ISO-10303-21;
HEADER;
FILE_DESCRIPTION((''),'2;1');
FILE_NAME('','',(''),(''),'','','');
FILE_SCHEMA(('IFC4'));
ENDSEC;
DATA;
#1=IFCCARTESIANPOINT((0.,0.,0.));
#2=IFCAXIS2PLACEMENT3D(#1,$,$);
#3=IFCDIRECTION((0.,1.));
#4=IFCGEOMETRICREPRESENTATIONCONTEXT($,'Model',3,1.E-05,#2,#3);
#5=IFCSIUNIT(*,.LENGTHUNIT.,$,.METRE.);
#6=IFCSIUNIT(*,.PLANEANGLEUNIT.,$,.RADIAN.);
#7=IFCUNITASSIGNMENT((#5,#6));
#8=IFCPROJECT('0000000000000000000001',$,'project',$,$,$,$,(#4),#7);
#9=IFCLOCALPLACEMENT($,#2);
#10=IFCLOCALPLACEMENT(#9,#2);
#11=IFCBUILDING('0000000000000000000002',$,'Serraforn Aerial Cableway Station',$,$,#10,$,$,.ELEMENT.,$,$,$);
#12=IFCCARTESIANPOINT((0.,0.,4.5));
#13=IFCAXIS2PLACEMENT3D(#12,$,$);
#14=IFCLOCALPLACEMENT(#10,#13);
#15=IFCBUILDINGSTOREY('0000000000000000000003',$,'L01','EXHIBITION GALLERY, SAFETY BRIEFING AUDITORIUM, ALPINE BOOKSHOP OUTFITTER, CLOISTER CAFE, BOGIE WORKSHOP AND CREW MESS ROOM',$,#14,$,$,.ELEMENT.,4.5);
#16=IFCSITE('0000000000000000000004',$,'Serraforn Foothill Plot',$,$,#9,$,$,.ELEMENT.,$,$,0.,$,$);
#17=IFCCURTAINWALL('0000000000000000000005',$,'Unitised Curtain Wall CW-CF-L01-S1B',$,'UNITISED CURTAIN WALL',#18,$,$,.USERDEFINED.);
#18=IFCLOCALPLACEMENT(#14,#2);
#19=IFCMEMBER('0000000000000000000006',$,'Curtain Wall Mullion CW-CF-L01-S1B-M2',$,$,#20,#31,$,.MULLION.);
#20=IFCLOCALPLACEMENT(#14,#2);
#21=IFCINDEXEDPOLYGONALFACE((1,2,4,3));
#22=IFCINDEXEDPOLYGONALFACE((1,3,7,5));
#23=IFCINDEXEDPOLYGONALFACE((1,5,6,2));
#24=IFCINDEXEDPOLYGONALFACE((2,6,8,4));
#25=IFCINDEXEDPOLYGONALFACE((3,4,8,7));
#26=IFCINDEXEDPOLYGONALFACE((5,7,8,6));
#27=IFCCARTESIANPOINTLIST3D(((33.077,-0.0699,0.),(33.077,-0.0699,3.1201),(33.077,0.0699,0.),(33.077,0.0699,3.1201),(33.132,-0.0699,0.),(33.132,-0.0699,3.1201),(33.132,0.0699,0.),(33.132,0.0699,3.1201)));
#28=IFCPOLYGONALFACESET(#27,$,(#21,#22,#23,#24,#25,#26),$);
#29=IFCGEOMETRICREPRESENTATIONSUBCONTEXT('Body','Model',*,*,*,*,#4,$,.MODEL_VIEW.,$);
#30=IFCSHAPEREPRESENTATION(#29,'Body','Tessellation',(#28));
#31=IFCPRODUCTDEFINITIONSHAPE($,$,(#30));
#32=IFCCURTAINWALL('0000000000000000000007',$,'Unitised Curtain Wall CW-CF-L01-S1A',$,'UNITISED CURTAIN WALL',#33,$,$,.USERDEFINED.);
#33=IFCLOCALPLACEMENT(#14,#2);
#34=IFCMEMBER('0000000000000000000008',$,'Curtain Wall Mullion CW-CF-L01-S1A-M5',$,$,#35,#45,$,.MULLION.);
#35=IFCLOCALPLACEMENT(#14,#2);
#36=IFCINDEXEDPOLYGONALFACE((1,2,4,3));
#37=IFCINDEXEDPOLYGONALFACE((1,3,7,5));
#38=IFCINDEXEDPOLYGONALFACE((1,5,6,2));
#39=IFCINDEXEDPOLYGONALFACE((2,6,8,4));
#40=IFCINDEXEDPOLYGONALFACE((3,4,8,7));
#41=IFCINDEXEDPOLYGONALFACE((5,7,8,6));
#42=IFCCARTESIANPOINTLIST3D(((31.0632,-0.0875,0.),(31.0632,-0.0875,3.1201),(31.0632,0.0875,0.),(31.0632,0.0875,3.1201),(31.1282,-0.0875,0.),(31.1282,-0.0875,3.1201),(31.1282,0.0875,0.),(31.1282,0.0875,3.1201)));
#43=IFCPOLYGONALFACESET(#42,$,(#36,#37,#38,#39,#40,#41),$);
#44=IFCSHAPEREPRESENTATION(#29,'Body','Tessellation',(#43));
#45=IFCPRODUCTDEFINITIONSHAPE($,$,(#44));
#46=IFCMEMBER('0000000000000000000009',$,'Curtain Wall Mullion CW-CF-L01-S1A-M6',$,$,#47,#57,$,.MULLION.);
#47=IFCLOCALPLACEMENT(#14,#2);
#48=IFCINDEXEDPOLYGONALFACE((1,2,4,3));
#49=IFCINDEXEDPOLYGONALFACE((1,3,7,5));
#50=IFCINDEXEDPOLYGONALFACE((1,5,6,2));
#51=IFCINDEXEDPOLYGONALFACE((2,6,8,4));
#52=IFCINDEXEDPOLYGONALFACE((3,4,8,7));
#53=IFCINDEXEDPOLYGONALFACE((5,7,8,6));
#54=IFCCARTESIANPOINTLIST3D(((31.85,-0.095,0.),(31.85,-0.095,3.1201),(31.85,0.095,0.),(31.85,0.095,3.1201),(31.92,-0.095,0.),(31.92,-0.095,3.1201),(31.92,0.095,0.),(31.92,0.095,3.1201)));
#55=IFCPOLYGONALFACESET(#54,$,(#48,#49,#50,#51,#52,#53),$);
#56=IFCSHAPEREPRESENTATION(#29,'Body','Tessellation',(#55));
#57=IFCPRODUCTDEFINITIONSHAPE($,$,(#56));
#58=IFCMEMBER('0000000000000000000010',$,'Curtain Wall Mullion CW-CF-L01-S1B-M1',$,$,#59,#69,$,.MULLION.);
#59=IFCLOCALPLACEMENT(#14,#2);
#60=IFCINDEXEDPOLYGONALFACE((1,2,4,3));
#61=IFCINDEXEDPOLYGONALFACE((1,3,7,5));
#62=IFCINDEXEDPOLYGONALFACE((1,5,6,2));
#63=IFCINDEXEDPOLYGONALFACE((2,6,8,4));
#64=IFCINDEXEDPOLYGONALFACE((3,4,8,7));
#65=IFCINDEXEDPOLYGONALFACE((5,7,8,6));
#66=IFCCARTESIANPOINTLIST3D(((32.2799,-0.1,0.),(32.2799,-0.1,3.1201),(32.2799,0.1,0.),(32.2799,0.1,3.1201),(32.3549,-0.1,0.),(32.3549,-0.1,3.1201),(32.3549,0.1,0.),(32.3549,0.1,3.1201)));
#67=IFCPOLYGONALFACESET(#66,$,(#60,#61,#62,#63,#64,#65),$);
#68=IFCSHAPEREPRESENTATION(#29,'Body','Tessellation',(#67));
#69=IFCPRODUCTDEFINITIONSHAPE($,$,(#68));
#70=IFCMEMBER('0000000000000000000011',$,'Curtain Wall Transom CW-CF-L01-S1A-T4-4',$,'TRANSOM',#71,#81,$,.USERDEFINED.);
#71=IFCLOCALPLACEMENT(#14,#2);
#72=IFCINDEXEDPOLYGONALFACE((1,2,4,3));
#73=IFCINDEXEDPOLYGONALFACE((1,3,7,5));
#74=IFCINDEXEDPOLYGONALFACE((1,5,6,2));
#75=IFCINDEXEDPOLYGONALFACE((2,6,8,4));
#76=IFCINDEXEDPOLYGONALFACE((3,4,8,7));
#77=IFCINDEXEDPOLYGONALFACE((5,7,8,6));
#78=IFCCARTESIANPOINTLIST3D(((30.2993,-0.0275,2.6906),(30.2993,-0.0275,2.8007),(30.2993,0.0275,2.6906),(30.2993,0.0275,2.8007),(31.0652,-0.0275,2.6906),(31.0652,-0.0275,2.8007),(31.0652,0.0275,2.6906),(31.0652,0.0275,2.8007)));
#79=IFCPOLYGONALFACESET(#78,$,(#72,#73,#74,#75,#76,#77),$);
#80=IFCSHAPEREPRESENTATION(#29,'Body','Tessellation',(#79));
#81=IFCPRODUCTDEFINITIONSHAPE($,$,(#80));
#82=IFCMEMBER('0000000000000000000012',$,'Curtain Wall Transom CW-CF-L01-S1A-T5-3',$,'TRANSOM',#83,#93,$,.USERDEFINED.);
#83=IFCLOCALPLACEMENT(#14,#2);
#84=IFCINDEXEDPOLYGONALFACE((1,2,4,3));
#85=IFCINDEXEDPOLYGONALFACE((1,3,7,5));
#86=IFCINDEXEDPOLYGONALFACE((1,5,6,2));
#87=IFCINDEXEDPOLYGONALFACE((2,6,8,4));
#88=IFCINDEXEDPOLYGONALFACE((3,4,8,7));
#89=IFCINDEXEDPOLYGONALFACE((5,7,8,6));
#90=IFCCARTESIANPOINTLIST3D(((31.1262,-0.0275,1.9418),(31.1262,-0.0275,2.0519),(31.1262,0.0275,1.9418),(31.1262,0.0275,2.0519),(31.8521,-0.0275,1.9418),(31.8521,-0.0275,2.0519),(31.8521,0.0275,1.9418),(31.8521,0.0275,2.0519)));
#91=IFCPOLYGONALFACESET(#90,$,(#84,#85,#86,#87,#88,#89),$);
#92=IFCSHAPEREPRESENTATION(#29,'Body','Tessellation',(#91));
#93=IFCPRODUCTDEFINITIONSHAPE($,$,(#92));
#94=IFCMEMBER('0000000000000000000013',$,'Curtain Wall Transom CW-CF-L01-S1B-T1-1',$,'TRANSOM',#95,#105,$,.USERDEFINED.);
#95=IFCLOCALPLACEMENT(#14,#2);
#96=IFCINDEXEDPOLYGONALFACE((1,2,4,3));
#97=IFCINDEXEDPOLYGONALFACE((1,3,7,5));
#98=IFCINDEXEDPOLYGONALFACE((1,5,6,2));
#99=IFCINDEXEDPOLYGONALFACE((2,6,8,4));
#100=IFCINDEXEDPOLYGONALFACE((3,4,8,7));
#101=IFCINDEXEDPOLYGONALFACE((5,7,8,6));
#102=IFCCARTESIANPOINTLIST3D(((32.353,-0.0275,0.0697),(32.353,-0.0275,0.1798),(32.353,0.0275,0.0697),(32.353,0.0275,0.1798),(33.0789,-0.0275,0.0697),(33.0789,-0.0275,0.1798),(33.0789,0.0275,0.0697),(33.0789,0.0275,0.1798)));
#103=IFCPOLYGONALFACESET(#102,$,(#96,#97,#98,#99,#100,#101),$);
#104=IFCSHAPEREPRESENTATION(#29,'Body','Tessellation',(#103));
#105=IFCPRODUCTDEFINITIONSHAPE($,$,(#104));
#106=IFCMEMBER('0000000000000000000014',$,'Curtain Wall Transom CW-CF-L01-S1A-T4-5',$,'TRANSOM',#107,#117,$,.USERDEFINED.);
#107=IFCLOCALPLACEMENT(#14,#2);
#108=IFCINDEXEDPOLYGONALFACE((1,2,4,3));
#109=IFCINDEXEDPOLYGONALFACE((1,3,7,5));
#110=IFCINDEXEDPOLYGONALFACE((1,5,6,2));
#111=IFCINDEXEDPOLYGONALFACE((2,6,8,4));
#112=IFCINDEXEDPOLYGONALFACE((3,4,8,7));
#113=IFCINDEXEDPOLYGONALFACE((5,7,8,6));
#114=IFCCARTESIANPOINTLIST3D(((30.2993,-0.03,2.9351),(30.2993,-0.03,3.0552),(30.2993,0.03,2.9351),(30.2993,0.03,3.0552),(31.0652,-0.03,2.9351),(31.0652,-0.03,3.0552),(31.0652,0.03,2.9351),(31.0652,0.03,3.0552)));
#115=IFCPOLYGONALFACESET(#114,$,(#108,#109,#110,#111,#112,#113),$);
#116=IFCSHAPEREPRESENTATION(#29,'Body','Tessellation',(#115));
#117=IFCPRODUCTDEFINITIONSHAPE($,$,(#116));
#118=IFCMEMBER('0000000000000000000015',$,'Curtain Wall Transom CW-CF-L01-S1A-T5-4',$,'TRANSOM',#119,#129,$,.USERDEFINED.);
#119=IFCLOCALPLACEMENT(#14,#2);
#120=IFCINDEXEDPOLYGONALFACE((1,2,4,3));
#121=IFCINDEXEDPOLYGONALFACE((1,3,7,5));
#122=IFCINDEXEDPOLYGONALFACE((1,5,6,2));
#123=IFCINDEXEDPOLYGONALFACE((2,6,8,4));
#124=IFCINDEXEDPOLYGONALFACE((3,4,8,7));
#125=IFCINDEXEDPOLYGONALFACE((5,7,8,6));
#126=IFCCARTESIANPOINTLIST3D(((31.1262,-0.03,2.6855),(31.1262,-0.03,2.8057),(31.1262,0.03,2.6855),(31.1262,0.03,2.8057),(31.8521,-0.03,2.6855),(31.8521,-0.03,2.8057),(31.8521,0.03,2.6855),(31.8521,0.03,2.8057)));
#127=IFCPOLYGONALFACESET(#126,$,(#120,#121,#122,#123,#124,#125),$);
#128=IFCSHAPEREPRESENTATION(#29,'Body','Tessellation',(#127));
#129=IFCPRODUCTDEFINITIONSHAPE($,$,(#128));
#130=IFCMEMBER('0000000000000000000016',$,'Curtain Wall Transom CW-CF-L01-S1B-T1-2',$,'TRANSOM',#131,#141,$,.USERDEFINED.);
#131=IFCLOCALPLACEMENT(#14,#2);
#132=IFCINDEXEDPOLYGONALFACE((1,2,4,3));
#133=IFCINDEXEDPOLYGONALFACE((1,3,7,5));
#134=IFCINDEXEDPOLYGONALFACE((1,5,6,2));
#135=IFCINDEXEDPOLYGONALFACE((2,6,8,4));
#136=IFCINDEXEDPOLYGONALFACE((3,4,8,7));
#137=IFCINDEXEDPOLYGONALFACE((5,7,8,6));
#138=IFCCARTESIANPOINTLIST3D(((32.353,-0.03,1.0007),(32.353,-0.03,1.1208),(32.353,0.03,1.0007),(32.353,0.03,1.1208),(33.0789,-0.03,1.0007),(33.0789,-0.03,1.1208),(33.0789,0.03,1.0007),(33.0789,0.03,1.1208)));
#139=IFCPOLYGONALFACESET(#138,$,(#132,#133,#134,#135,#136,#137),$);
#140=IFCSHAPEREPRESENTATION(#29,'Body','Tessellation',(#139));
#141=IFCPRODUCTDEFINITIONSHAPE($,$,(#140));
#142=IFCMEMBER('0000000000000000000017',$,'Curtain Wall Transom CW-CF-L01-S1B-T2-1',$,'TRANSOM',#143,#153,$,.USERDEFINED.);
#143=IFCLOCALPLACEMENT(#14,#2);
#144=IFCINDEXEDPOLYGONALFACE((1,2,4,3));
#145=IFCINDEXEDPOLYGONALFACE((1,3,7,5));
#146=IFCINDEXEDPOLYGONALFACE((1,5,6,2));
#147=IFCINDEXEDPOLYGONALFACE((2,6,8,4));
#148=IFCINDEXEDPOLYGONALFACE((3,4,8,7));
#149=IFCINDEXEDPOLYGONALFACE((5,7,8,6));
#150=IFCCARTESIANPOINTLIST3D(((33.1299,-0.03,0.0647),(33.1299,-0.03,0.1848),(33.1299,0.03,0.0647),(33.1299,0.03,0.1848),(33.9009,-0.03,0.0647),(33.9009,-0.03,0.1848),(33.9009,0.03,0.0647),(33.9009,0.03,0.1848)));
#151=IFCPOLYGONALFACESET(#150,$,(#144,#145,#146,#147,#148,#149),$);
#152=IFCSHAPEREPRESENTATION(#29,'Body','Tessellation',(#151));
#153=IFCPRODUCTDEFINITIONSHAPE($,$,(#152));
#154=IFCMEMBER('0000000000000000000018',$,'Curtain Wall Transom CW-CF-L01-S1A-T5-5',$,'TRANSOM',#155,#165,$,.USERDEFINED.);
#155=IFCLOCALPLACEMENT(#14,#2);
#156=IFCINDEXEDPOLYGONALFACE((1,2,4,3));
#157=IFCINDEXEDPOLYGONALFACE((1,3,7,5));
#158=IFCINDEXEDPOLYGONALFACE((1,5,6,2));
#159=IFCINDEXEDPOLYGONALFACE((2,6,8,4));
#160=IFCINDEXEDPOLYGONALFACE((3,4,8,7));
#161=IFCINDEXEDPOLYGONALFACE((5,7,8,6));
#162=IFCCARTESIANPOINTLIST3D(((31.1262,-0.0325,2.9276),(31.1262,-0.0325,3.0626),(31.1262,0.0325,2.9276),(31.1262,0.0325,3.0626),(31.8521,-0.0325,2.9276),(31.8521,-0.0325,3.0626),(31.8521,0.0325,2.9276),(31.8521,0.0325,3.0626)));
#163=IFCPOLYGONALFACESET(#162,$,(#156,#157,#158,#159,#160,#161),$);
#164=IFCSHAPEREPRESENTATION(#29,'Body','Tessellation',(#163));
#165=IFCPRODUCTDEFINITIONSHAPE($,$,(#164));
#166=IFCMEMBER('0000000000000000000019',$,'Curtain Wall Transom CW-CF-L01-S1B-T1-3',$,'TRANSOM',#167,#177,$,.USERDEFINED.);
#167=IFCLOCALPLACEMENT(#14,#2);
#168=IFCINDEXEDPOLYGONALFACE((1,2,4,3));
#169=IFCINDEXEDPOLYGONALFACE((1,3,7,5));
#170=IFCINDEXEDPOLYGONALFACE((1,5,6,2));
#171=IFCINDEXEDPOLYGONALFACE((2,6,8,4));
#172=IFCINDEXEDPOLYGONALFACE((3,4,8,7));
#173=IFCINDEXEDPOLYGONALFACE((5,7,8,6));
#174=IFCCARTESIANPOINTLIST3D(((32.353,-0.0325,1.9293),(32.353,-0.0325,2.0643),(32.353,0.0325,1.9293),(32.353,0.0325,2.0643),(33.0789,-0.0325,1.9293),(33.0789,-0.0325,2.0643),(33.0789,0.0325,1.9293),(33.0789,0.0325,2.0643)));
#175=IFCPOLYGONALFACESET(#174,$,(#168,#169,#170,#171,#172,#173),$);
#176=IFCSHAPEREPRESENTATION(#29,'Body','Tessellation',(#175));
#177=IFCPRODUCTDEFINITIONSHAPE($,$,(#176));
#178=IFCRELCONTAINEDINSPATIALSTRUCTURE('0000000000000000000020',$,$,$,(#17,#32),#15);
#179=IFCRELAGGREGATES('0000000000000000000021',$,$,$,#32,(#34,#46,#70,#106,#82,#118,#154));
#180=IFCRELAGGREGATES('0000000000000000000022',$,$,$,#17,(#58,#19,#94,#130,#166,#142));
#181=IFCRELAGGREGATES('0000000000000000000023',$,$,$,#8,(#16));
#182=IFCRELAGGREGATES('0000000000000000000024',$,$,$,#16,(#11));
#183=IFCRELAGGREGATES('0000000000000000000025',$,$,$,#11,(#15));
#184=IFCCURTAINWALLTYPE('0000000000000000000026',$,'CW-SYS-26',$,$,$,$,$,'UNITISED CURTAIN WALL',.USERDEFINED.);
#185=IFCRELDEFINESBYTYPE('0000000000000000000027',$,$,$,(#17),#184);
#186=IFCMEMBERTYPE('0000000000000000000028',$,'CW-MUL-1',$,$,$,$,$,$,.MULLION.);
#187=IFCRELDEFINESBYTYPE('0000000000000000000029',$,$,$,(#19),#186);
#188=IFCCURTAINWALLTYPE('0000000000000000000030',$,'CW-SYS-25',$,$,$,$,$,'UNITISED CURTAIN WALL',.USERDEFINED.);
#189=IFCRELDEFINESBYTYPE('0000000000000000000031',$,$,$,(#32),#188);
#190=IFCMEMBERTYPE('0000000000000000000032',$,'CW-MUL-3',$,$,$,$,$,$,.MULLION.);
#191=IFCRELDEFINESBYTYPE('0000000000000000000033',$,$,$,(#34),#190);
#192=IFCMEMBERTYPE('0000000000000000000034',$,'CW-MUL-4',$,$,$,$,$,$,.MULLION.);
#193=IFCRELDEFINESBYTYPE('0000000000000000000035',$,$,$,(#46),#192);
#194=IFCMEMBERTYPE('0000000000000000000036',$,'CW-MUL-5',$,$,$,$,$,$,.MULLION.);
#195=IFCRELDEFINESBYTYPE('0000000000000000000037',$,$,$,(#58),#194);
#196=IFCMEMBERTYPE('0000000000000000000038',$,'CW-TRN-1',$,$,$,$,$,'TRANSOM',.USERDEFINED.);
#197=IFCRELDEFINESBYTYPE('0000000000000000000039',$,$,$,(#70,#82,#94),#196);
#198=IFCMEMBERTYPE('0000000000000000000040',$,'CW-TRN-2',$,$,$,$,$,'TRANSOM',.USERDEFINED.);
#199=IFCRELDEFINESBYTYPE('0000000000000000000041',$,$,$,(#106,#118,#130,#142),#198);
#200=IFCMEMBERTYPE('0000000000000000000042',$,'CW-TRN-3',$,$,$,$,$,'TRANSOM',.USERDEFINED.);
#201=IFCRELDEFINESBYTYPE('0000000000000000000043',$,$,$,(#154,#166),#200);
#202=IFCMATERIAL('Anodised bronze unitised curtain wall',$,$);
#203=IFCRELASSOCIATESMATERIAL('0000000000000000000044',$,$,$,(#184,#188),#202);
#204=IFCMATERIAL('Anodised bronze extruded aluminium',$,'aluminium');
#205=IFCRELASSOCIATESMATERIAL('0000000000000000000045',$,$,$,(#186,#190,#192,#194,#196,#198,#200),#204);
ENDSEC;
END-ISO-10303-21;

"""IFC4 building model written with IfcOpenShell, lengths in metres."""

from ifc_helpers import new_model, si_unit, direction, frame, origin, origin_2d, place, context, subcontext, project, spatial, rectangle, extrude, material, material_profile, profile_set, type_object, element, aggregate, save


model = new_model("IFC4")

# Units and contexts
model_context = context("Model", 3, precision=1e-05, world=origin(), true_north=direction((0.0, 1.0)))
body_context = subcontext(model_context, "Body", "Model", "MODEL_VIEW")
ifc_project = project(units=[si_unit("LENGTHUNIT", "METRE"), si_unit("PLANEANGLEUNIT", "RADIAN")], contexts=[model_context])

# Site, building, storey
site_placement = place(None, origin())
site = spatial("IfcSite", under=ifc_project, at=site_placement, Name="Serraforn Foothill Plot", CompositionType="ELEMENT", RefElevation=0.0)
building_placement = place(site_placement, origin())
building = spatial("IfcBuilding", under=site, at=building_placement, Name="Serraforn Aerial Cableway Station", CompositionType="ELEMENT")
storey_placement = place(building_placement, frame((0.0, 0.0, 4.5)))
storey = spatial("IfcBuildingStorey", under=building, at=storey_placement, Name="L01", Description="EXHIBITION GALLERY, SAFETY BRIEFING AUDITORIUM, ALPINE BOOKSHOP OUTFITTER, CLOISTER CAFE, BOGIE WORKSHOP AND CREW MESS ROOM", CompositionType="ELEMENT", Elevation=4.5)

# Curtain wall, member
ifc_material_1 = material(Name="Anodised bronze unitised curtain wall")
curtain_wall_type_1 = type_object("IfcCurtainWallType", Name="CW-SYS-26", ElementType="UNITISED CURTAIN WALL", PredefinedType="USERDEFINED", material=ifc_material_1)
curtain_wall_1_placement = place(storey_placement, origin())
curtain_wall_1 = element("IfcCurtainWall", 1, at=curtain_wall_1_placement, inside=storey, type_object=curtain_wall_type_1, Name="Unitised Curtain Wall CW-CF-L01-S1B", ObjectType="UNITISED CURTAIN WALL", PredefinedType="USERDEFINED")
ifc_material_2 = material(Name="Anodised bronze extruded aluminium", Category="aluminium")
ifc_material_profile_1 = material_profile(ifc_material_2, rectangle(XDim=0.0549, YDim=0.1399, at=origin_2d()), Name="CW MULLION 55x140")
ifc_profile_set_1 = profile_set([ifc_material_profile_1], Name="Anodised bronze extruded aluminium")
member_type_1 = type_object("IfcMemberType", Name="CW-MUL-1", PredefinedType="MULLION", material=ifc_profile_set_1)
member_1_placement = place(storey_placement, frame((33.1045, 0.0, 0.0), z_axis=(0.0, 0.0, 1.0), x_axis=(1.0, 0.0, 0.0)))
member_1 = element("IfcMember", 2, at=member_1_placement, type_object=member_type_1, Name="Curtain Wall Mullion CW-CF-L01-S1B-M2", PredefinedType="MULLION", context=body_context, shape_type="SweptSolid", body=[
    extrude(rectangle(XDim=0.0549, YDim=0.1399, at=origin_2d()), origin(), (0.0, 0.0, 1.0), 3.1201),
])

# Curtain wall, members
curtain_wall_type_2 = type_object("IfcCurtainWallType", Name="CW-SYS-25", ElementType="UNITISED CURTAIN WALL", PredefinedType="USERDEFINED", material=ifc_material_1)
curtain_wall_2_placement = place(storey_placement, origin())
curtain_wall_2 = element("IfcCurtainWall", 3, at=curtain_wall_2_placement, inside=storey, type_object=curtain_wall_type_2, Name="Unitised Curtain Wall CW-CF-L01-S1A", ObjectType="UNITISED CURTAIN WALL", PredefinedType="USERDEFINED")
ifc_material_profile_2 = material_profile(ifc_material_2, rectangle(XDim=0.0649, YDim=0.175, at=origin_2d()), Name="CW MULLION 65x175")
ifc_profile_set_2 = profile_set([ifc_material_profile_2], Name="Anodised bronze extruded aluminium")
member_type_2 = type_object("IfcMemberType", Name="CW-MUL-3", PredefinedType="MULLION", material=ifc_profile_set_2)
member_2_placement = place(storey_placement, frame((31.0957, 0.0, 0.0), z_axis=(0.0, 0.0, 1.0), x_axis=(1.0, 0.0, 0.0)))
member_2 = element("IfcMember", 4, at=member_2_placement, type_object=member_type_2, Name="Curtain Wall Mullion CW-CF-L01-S1A-M5", PredefinedType="MULLION", context=body_context, shape_type="SweptSolid", body=[
    extrude(rectangle(XDim=0.0649, YDim=0.175, at=origin_2d()), origin(), (0.0, 0.0, 1.0), 3.1201),
])
ifc_material_profile_3 = material_profile(ifc_material_2, rectangle(XDim=0.0701, YDim=0.1899, at=origin_2d()), Name="CW MULLION 70x190")
ifc_profile_set_3 = profile_set([ifc_material_profile_3], Name="Anodised bronze extruded aluminium")
member_type_3 = type_object("IfcMemberType", Name="CW-MUL-4", PredefinedType="MULLION", material=ifc_profile_set_3)
member_3_placement = place(storey_placement, frame((31.885, 0.0, 0.0), z_axis=(0.0, 0.0, 1.0), x_axis=(1.0, 0.0, 0.0)))
member_3 = element("IfcMember", 5, at=member_3_placement, type_object=member_type_3, Name="Curtain Wall Mullion CW-CF-L01-S1A-M6", PredefinedType="MULLION", context=body_context, shape_type="SweptSolid", body=[
    extrude(rectangle(XDim=0.0701, YDim=0.1899, at=origin_2d()), origin(), (0.0, 0.0, 1.0), 3.1201),
])

# Members
ifc_material_profile_4 = material_profile(ifc_material_2, rectangle(XDim=0.075, YDim=0.2, at=origin_2d()), Name="CW MULLION 75x200")
ifc_profile_set_4 = profile_set([ifc_material_profile_4], Name="Anodised bronze extruded aluminium")
member_type_4 = type_object("IfcMemberType", Name="CW-MUL-5", PredefinedType="MULLION", material=ifc_profile_set_4)
member_4_placement = place(storey_placement, frame((32.3174, 0.0, 0.0), z_axis=(0.0, 0.0, 1.0), x_axis=(1.0, 0.0, 0.0)))
member_4 = element("IfcMember", 6, at=member_4_placement, type_object=member_type_4, Name="Curtain Wall Mullion CW-CF-L01-S1B-M1", PredefinedType="MULLION", context=body_context, shape_type="SweptSolid", body=[
    extrude(rectangle(XDim=0.075, YDim=0.2, at=origin_2d()), origin(), (0.0, 0.0, 1.0), 3.1201),
])
ifc_material_profile_5 = material_profile(ifc_material_2, rectangle(XDim=0.0549, YDim=0.1101, at=origin_2d()), Name="CW TRANSOM 55x110")
ifc_profile_set_5 = profile_set([ifc_material_profile_5], Name="Anodised bronze extruded aluminium")
member_type_5 = type_object("IfcMemberType", Name="CW-TRN-1", ElementType="TRANSOM", PredefinedType="USERDEFINED", material=ifc_profile_set_5)
member_5_placement = place(storey_placement, frame((30.2993, 0.0, 2.7456), z_axis=(1.0, 0.0, 0.0), x_axis=(0.0, 1.0, 0.0)))
member_5 = element("IfcMember", 7, at=member_5_placement, type_object=member_type_5, Name="Curtain Wall Transom CW-CF-L01-S1A-T4-4", ObjectType="TRANSOM", PredefinedType="USERDEFINED", context=body_context, shape_type="SweptSolid", body=[
    extrude(rectangle(XDim=0.0549, YDim=0.1101, at=origin_2d()), origin(), (0.0, 0.0, 1.0), 0.7659),
])
member_6_placement = place(storey_placement, frame((31.1262, 0.0, 1.9968), z_axis=(1.0, 0.0, 0.0), x_axis=(0.0, 1.0, 0.0)))
member_6 = element("IfcMember", 8, at=member_6_placement, type_object=member_type_5, Name="Curtain Wall Transom CW-CF-L01-S1A-T5-3", ObjectType="TRANSOM", PredefinedType="USERDEFINED", context=body_context, shape_type="SweptSolid", body=[
    extrude(rectangle(XDim=0.0549, YDim=0.1101, at=origin_2d()), origin(), (0.0, 0.0, 1.0), 0.7258),
])
member_7_placement = place(storey_placement, frame((32.353, 0.0, 0.1248), z_axis=(1.0, 0.0, 0.0), x_axis=(0.0, 1.0, 0.0)))
member_7 = element("IfcMember", 9, at=member_7_placement, type_object=member_type_5, Name="Curtain Wall Transom CW-CF-L01-S1B-T1-1", ObjectType="TRANSOM", PredefinedType="USERDEFINED", context=body_context, shape_type="SweptSolid", body=[
    extrude(rectangle(XDim=0.0549, YDim=0.1101, at=origin_2d()), origin(), (0.0, 0.0, 1.0), 0.7258),
])
ifc_material_profile_6 = material_profile(ifc_material_2, rectangle(XDim=0.0601, YDim=0.1201, at=origin_2d()), Name="CW TRANSOM 60x120")
ifc_profile_set_6 = profile_set([ifc_material_profile_6], Name="Anodised bronze extruded aluminium")
member_type_6 = type_object("IfcMemberType", Name="CW-TRN-2", ElementType="TRANSOM", PredefinedType="USERDEFINED", material=ifc_profile_set_6)
member_8_placement = place(storey_placement, frame((30.2993, 0.0, 2.9951), z_axis=(1.0, 0.0, 0.0), x_axis=(0.0, 1.0, 0.0)))
member_8 = element("IfcMember", 10, at=member_8_placement, type_object=member_type_6, Name="Curtain Wall Transom CW-CF-L01-S1A-T4-5", ObjectType="TRANSOM", PredefinedType="USERDEFINED", context=body_context, shape_type="SweptSolid", body=[
    extrude(rectangle(XDim=0.0601, YDim=0.1201, at=origin_2d()), origin(), (0.0, 0.0, 1.0), 0.7659),
])
member_9_placement = place(storey_placement, frame((31.1262, 0.0, 2.7456), z_axis=(1.0, 0.0, 0.0), x_axis=(0.0, 1.0, 0.0)))
member_9 = element("IfcMember", 11, at=member_9_placement, type_object=member_type_6, Name="Curtain Wall Transom CW-CF-L01-S1A-T5-4", ObjectType="TRANSOM", PredefinedType="USERDEFINED", context=body_context, shape_type="SweptSolid", body=[
    extrude(rectangle(XDim=0.0601, YDim=0.1201, at=origin_2d()), origin(), (0.0, 0.0, 1.0), 0.7258),
])
member_10_placement = place(storey_placement, frame((32.353, 0.0, 1.0608), z_axis=(1.0, 0.0, 0.0), x_axis=(0.0, 1.0, 0.0)))
member_10 = element("IfcMember", 12, at=member_10_placement, type_object=member_type_6, Name="Curtain Wall Transom CW-CF-L01-S1B-T1-2", ObjectType="TRANSOM", PredefinedType="USERDEFINED", context=body_context, shape_type="SweptSolid", body=[
    extrude(rectangle(XDim=0.0601, YDim=0.1201, at=origin_2d()), origin(), (0.0, 0.0, 1.0), 0.7258),
])
member_11_placement = place(storey_placement, frame((33.1299, 0.0, 0.1248), z_axis=(1.0, 0.0, 0.0), x_axis=(0.0, 1.0, 0.0)))
member_11 = element("IfcMember", 13, at=member_11_placement, type_object=member_type_6, Name="Curtain Wall Transom CW-CF-L01-S1B-T2-1", ObjectType="TRANSOM", PredefinedType="USERDEFINED", context=body_context, shape_type="SweptSolid", body=[
    extrude(rectangle(XDim=0.0601, YDim=0.1201, at=origin_2d()), origin(), (0.0, 0.0, 1.0), 0.771),
])
ifc_material_profile_7 = material_profile(ifc_material_2, rectangle(XDim=0.0649, YDim=0.135, at=origin_2d()), Name="CW TRANSOM 65x135")
ifc_profile_set_7 = profile_set([ifc_material_profile_7], Name="Anodised bronze extruded aluminium")
member_type_7 = type_object("IfcMemberType", Name="CW-TRN-3", ElementType="TRANSOM", PredefinedType="USERDEFINED", material=ifc_profile_set_7)
member_12_placement = place(storey_placement, frame((31.1262, 0.0, 2.9951), z_axis=(1.0, 0.0, 0.0), x_axis=(0.0, 1.0, 0.0)))
member_12 = element("IfcMember", 14, at=member_12_placement, type_object=member_type_7, Name="Curtain Wall Transom CW-CF-L01-S1A-T5-5", ObjectType="TRANSOM", PredefinedType="USERDEFINED", context=body_context, shape_type="SweptSolid", body=[
    extrude(rectangle(XDim=0.0649, YDim=0.135, at=origin_2d()), origin(), (0.0, 0.0, 1.0), 0.7258),
])
member_13_placement = place(storey_placement, frame((32.353, 0.0, 1.9968), z_axis=(1.0, 0.0, 0.0), x_axis=(0.0, 1.0, 0.0)))
member_13 = element("IfcMember", 15, at=member_13_placement, type_object=member_type_7, Name="Curtain Wall Transom CW-CF-L01-S1B-T1-3", ObjectType="TRANSOM", PredefinedType="USERDEFINED", context=body_context, shape_type="SweptSolid", body=[
    extrude(rectangle(XDim=0.0649, YDim=0.135, at=origin_2d()), origin(), (0.0, 0.0, 1.0), 0.7258),
])

aggregate(curtain_wall_2, [member_2, member_3, member_5, member_8, member_6, member_9, member_12])
aggregate(curtain_wall_1, [member_4, member_1, member_7, member_10, member_13, member_11])

save(model, "model.ifc")
